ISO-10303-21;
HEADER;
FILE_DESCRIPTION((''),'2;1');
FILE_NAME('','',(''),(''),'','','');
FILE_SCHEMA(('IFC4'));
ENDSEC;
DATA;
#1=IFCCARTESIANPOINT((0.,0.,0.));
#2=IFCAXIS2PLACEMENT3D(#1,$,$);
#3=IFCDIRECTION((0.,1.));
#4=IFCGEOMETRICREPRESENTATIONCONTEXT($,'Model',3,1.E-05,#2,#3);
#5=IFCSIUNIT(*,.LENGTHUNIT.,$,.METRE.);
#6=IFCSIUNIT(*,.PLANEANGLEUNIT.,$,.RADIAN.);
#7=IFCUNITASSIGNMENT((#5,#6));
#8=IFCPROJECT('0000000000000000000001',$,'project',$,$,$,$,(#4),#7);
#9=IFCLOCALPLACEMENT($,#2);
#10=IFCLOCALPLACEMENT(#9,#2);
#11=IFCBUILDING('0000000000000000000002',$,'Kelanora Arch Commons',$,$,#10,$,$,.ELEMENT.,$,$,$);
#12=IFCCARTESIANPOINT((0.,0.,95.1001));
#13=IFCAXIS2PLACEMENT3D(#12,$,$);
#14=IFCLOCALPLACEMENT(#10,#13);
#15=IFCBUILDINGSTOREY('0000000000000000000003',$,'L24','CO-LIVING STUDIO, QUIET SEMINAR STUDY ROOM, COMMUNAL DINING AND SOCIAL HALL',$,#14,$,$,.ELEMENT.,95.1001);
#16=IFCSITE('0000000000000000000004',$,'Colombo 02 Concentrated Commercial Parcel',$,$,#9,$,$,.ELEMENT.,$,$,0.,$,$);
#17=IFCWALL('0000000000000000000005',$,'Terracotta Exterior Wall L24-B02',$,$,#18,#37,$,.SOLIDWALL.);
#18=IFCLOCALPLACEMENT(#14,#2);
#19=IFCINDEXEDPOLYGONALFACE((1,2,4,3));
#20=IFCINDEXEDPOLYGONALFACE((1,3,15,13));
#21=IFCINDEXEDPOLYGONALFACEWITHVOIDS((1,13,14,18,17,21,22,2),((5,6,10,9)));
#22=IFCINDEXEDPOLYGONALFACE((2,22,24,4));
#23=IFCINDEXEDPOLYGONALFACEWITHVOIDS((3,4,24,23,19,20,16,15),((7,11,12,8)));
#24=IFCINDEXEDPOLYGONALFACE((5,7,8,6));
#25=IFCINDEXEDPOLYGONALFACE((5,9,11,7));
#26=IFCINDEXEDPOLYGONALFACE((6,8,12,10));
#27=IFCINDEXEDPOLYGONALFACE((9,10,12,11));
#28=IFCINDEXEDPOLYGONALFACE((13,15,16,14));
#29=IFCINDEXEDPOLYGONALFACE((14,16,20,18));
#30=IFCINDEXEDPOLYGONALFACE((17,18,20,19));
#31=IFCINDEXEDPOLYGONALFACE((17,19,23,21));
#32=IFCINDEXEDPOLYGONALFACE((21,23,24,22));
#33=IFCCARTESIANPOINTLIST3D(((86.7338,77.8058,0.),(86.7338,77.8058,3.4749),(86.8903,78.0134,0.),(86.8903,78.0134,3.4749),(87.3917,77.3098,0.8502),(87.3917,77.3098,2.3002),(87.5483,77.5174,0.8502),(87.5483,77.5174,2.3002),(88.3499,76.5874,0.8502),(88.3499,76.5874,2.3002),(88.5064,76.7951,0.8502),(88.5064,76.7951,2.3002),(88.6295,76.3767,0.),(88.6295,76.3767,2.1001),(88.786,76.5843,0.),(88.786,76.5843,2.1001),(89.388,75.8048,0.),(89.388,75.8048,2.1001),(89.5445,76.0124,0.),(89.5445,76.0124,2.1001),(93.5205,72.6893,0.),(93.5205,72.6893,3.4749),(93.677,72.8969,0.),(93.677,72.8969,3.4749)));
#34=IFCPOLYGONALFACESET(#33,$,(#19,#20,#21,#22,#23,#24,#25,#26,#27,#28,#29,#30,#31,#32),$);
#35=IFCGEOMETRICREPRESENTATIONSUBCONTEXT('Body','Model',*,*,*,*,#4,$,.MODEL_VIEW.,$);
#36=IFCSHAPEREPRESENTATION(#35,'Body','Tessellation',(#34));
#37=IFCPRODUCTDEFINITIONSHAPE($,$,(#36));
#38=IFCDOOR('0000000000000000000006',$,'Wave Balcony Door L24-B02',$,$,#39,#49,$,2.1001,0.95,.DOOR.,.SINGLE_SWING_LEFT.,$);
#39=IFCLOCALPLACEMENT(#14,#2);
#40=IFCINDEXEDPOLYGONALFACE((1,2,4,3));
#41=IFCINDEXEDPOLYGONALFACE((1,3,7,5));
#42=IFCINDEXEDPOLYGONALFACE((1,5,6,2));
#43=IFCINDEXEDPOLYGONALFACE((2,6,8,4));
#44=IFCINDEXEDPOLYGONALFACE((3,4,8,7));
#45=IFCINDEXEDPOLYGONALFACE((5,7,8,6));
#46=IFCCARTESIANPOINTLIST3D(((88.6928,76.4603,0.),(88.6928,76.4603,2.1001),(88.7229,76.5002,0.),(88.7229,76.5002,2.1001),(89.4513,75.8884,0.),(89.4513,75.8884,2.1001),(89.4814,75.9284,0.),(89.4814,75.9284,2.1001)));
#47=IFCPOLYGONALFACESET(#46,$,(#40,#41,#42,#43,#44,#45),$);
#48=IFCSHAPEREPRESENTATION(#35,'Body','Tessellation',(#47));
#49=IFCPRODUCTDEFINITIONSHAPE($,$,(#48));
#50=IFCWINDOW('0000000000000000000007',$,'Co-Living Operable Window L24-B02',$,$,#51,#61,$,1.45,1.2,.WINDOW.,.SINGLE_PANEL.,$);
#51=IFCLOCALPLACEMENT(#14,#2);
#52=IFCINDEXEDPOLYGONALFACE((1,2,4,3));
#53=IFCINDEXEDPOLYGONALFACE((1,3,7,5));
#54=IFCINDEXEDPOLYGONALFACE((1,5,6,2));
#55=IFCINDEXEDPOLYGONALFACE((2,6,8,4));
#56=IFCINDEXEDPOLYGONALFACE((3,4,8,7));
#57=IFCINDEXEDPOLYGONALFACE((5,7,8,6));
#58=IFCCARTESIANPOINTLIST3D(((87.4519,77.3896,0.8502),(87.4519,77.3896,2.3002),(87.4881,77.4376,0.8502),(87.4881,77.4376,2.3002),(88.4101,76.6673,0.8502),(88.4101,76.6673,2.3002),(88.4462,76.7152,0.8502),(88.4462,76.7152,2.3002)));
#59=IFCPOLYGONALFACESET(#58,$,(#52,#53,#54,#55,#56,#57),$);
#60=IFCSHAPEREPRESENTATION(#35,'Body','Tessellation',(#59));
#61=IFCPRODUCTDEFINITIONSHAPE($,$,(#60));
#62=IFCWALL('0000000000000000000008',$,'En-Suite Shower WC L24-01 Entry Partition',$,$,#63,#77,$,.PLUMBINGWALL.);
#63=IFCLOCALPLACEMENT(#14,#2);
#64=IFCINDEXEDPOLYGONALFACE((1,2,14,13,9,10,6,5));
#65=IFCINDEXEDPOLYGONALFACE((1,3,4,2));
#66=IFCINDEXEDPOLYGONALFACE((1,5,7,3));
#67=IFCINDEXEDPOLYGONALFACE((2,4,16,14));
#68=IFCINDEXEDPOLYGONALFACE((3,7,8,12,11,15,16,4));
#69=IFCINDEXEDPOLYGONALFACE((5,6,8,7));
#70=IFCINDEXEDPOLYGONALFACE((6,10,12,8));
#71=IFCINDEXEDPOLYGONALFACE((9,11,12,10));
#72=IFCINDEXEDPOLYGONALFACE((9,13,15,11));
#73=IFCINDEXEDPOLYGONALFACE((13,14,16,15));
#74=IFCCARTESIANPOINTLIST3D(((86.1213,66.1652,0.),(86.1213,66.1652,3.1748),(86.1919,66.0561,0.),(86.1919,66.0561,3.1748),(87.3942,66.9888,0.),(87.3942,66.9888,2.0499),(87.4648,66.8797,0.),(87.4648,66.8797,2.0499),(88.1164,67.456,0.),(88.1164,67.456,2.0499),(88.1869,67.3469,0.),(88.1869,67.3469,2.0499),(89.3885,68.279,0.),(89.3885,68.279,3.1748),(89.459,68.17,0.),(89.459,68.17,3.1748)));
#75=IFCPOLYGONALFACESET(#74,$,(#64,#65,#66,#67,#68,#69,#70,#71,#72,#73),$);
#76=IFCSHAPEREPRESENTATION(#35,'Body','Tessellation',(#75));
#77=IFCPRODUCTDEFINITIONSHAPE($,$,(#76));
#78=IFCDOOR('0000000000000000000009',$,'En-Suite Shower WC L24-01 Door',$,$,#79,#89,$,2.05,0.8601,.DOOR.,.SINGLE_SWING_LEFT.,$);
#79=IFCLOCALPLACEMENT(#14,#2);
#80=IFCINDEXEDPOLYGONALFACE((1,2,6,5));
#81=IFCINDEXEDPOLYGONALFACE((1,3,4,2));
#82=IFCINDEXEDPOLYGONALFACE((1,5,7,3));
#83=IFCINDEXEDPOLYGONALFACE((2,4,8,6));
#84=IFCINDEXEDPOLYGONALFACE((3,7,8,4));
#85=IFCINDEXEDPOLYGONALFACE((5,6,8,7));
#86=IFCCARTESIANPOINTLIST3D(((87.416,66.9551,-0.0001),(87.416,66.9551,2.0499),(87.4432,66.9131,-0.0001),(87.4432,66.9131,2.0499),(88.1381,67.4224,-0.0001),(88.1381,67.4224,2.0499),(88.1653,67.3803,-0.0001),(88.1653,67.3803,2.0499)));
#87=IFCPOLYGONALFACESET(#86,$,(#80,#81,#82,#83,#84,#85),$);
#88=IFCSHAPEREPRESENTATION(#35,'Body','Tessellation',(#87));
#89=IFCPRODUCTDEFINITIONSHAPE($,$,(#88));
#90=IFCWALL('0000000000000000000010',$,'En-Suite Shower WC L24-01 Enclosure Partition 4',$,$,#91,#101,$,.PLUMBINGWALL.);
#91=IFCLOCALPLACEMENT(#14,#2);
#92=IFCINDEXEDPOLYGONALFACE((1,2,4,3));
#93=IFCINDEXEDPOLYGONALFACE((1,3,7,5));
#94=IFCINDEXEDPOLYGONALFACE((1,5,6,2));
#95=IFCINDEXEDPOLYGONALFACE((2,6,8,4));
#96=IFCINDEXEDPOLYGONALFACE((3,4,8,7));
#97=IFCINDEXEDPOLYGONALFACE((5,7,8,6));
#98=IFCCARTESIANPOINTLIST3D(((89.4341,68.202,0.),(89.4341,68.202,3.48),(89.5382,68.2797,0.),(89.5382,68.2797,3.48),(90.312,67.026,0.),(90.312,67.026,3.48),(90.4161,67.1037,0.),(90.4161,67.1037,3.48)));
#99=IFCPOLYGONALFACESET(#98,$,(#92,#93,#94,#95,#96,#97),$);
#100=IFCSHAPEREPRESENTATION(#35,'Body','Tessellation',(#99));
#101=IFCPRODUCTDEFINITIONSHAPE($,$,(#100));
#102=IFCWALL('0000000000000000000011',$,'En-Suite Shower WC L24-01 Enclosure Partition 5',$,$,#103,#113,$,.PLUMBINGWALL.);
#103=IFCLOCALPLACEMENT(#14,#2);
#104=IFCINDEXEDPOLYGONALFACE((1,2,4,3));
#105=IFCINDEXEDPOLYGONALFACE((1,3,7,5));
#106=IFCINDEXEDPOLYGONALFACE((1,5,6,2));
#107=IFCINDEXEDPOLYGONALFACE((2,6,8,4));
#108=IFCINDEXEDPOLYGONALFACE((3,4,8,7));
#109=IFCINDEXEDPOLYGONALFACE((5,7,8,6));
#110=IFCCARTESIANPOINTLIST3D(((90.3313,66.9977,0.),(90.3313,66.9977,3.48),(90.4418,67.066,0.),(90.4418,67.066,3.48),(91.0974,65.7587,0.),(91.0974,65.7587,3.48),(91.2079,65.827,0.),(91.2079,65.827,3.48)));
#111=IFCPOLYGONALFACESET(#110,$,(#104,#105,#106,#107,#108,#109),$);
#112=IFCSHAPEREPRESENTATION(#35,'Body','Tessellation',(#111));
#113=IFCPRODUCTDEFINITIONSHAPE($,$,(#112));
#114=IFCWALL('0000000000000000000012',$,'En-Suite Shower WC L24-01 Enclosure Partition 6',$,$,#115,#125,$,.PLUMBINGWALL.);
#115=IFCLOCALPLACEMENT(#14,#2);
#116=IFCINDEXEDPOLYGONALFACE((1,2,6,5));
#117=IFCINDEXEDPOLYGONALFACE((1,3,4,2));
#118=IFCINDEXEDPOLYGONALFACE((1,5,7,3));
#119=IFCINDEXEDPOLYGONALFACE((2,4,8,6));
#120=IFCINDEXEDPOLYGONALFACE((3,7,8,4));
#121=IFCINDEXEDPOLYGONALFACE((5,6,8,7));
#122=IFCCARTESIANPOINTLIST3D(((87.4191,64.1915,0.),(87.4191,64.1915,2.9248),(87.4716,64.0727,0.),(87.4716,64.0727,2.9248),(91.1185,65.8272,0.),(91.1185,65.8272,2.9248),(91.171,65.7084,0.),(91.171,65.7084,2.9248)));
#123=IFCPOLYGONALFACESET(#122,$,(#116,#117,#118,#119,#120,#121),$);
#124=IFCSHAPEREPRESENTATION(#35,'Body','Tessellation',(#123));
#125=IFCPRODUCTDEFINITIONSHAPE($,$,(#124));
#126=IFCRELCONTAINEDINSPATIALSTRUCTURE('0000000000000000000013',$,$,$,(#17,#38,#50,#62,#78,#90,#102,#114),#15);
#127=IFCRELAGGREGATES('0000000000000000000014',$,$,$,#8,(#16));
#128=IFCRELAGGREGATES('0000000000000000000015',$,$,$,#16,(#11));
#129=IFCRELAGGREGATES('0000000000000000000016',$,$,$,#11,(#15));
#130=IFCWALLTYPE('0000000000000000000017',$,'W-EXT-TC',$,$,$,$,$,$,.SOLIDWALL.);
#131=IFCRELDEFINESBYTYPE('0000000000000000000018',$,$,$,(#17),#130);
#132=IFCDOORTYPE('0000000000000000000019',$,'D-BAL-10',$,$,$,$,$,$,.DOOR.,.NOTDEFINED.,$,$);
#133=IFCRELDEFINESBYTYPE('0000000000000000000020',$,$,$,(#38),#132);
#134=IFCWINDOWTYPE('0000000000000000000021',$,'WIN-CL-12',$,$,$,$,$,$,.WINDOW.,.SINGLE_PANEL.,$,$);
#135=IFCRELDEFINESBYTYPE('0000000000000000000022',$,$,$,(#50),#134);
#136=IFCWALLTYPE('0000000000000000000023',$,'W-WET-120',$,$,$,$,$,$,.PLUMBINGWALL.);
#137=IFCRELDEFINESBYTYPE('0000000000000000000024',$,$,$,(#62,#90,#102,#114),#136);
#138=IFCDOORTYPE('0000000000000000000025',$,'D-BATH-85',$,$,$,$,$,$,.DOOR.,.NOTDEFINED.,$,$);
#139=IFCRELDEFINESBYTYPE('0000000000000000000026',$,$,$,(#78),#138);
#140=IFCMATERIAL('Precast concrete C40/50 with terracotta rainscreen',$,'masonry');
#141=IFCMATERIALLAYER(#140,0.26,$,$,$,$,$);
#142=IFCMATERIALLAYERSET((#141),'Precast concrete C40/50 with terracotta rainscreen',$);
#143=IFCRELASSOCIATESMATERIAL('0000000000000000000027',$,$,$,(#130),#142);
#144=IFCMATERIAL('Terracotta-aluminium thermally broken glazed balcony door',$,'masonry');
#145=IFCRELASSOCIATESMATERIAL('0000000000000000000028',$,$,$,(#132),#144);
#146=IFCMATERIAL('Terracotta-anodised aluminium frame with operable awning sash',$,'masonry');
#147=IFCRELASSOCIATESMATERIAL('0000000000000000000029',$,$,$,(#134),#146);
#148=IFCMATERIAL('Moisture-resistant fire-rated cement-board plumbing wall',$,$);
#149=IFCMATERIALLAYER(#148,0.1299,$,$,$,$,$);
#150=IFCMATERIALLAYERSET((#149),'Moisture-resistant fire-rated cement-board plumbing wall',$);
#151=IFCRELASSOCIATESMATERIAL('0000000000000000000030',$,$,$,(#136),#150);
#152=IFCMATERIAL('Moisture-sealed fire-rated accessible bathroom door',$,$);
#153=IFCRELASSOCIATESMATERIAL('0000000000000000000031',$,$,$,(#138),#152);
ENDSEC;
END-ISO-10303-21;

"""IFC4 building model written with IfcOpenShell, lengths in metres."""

from ifc_helpers import new_model, si_unit, direction, frame, frame_2d, origin, place, context, subcontext, project, spatial, rectangle, extrude, material, layer, layer_set, type_object, element, fill, save


model = new_model("IFC4")

# Units and contexts
model_context = context("Model", 3, precision=1e-05, world=origin(), true_north=direction((0.0, 1.0)))
body_context = subcontext(model_context, "Body", "Model", "MODEL_VIEW")
ifc_project = project(units=[si_unit("LENGTHUNIT", "METRE"), si_unit("PLANEANGLEUNIT", "RADIAN")], contexts=[model_context])

# Site, building, storey
site_placement = place(None, origin())
site = spatial("IfcSite", under=ifc_project, at=site_placement, Name="Colombo 02 Concentrated Commercial Parcel", CompositionType="ELEMENT", RefElevation=0.0)
building_placement = place(site_placement, origin())
building = spatial("IfcBuilding", under=site, at=building_placement, Name="Kelanora Arch Commons", CompositionType="ELEMENT")
storey_placement = place(building_placement, frame((0.0, 0.0, 95.1001)))
storey = spatial("IfcBuildingStorey", under=building, at=storey_placement, Name="L24", Description="CO-LIVING STUDIO, QUIET SEMINAR STUDY ROOM, COMMUNAL DINING AND SOCIAL HALL", CompositionType="ELEMENT", Elevation=95.1001)

# Wall, openings, door, window
ifc_material_1 = material(Name="Precast concrete C40/50 with terracotta rainscreen", Category="masonry")
ifc_layer_1 = layer(ifc_material_1, 0.26)
ifc_layer_set_1 = layer_set([ifc_layer_1], Name="Precast concrete C40/50 with terracotta rainscreen")
wall_type_1 = type_object("IfcWallType", Name="W-EXT-TC", PredefinedType="SOLIDWALL", material=ifc_layer_set_1)
ifc_material_2 = material(Name="Terracotta-aluminium thermally broken glazed balcony door", Category="masonry")
door_type_1 = type_object("IfcDoorType", Name="D-BAL-10", OperationType="NOTDEFINED", PredefinedType="DOOR", material=ifc_material_2)
ifc_material_3 = material(Name="Terracotta-anodised aluminium frame with operable awning sash", Category="masonry")
window_type = type_object("IfcWindowType", Name="WIN-CL-12", PartitioningType="SINGLE_PANEL", PredefinedType="WINDOW", material=ifc_material_3)
wall_1_placement = place(storey_placement, frame((93.5986, 72.7932, 0.0), z_axis=(0.0, 0.0, 1.0), x_axis=(-0.798502, 0.601993, 0.0)))
wall_1 = element("IfcWall", 1, at=wall_1_placement, inside=storey, type_object=wall_type_1, Name="Terracotta Exterior Wall L24-B02", PredefinedType="SOLIDWALL", context=body_context, shape_type="SweptSolid", body=[
    extrude(rectangle(XDim=8.4993, YDim=0.26, at=frame_2d((4.2495, 0.0))), origin(), (0.0, 0.0, 1.0), 3.4749),
])
opening_1_placement = place(wall_1_placement, frame((5.175, 0.0, 0.0)))
opening_1 = element("IfcOpeningElement", 2, at=opening_1_placement, cuts=wall_1, PredefinedType="OPENING", context=body_context, shape_type="SweptSolid", body=[
    extrude(rectangle(XDim=0.95, YDim=2.1001, at=frame_2d((0.4751, 1.05))), frame((0.0, 0.1401, 0.0), z_axis=(0.0, -1.0, 0.0), x_axis=(1.0, 0.0, 0.0)), (0.0, 0.0, 1.0), 0.28),
])
opening_2_placement = place(wall_1_placement, frame((6.4751, 0.0, 0.8501)))
opening_2 = element("IfcOpeningElement", 3, at=opening_2_placement, cuts=wall_1, PredefinedType="OPENING", context=body_context, shape_type="SweptSolid", body=[
    extrude(rectangle(XDim=1.2, YDim=1.45, at=frame_2d((0.6001, 0.7251))), frame((0.0, 0.1401, 0.0), z_axis=(0.0, -1.0, 0.0), x_axis=(1.0, 0.0, 0.0)), (0.0, 0.0, 1.0), 0.28),
])
door_1_placement = place(opening_1_placement, frame((0.95, 0.0, 0.0), z_axis=(0.0, 0.0, 1.0), x_axis=(-1.0, 0.0, 0.0)))
door_1 = element("IfcDoor", 4, at=door_1_placement, inside=storey, type_object=door_type_1, Name="Wave Balcony Door L24-B02", OperationType="SINGLE_SWING_LEFT", OverallHeight=2.1001, OverallWidth=0.95, PredefinedType="DOOR", context=body_context, shape_type="SweptSolid", body=[
    extrude(rectangle(XDim=0.95, YDim=2.1001, at=frame_2d((0.4751, 1.05))), frame((0.0, 0.0249, 0.0), z_axis=(0.0, -1.0, 0.0), x_axis=(1.0, 0.0, 0.0)), (0.0, 0.0, 1.0), 0.05),
])
fill(opening_1, door_1)
window_1_placement = place(opening_2_placement, origin())
window_1 = element("IfcWindow", 5, at=window_1_placement, inside=storey, type_object=window_type, Name="Co-Living Operable Window L24-B02", OverallHeight=1.45, OverallWidth=1.2, PartitioningType="SINGLE_PANEL", PredefinedType="WINDOW", context=body_context, shape_type="SweptSolid", body=[
    extrude(rectangle(XDim=1.2, YDim=1.45, at=frame_2d((0.6001, 0.7251))), frame((0.0, 0.03, 0.0), z_axis=(0.0, -1.0, 0.0), x_axis=(1.0, 0.0, 0.0)), (0.0, 0.0, 1.0), 0.0601),
])
fill(opening_2, window_1)

# Wall, opening, door
ifc_material_4 = material(Name="Moisture-resistant fire-rated cement-board plumbing wall")
ifc_layer_2 = layer(ifc_material_4, 0.1299)
ifc_layer_set_2 = layer_set([ifc_layer_2], Name="Moisture-resistant fire-rated cement-board plumbing wall")
wall_type_2 = type_object("IfcWallType", Name="W-WET-120", PredefinedType="PLUMBINGWALL", material=ifc_layer_set_2)
wall_2_placement = place(storey_placement, frame((86.1565, 66.1106, 0.0), z_axis=(0.0, 0.0, 1.0), x_axis=(0.839597, 0.54321, 0.0)))
wall_2 = element("IfcWall", 6, at=wall_2_placement, inside=storey, type_object=wall_type_2, Name="En-Suite Shower WC L24-01 Entry Partition", PredefinedType="PLUMBINGWALL", context=body_context, shape_type="SweptSolid", body=[
    extrude(rectangle(XDim=3.8914, YDim=0.1299, at=frame_2d((1.9458, 0.0))), origin(), (0.0, 0.0, 1.0), 3.1748),
])
opening_3_placement = place(wall_2_placement, frame((1.5161, 0.0, 0.0)))
opening_3 = element("IfcOpeningElement", 7, at=opening_3_placement, cuts=wall_2, PredefinedType="OPENING", context=body_context, shape_type="SweptSolid", body=[
    extrude(rectangle(XDim=0.8601, YDim=2.05, at=frame_2d((0.4302, 1.0249))), frame((0.0, 0.075, 0.0), z_axis=(0.0, -1.0, 0.0), x_axis=(1.0, 0.0, 0.0)), (0.0, 0.0, 1.0), 0.1499),
])
ifc_material_5 = material(Name="Moisture-sealed fire-rated accessible bathroom door")
door_type_2 = type_object("IfcDoorType", Name="D-BATH-85", OperationType="NOTDEFINED", PredefinedType="DOOR", material=ifc_material_5)
door_2_placement = place(opening_3_placement, origin())
door_2 = element("IfcDoor", 8, at=door_2_placement, inside=storey, type_object=door_type_2, Name="En-Suite Shower WC L24-01 Door", OperationType="SINGLE_SWING_LEFT", OverallHeight=2.05, OverallWidth=0.8601, PredefinedType="DOOR", context=body_context, shape_type="SweptSolid", body=[
    extrude(rectangle(XDim=0.8601, YDim=2.05, at=frame_2d((0.4302, 1.0249))), frame((0.0, 0.0249, 0.0), z_axis=(0.0, -1.0, 0.0), x_axis=(1.0, 0.0, 0.0)), (0.0, 0.0, 1.0), 0.05),
])
fill(opening_3, door_2)

# Walls
wall_3_placement = place(storey_placement, frame((89.4861, 68.241, 0.0), z_axis=(0.0, 0.0, 1.0), x_axis=(0.598215, -0.801336, 0.0)))
element("IfcWall", 9, at=wall_3_placement, inside=storey, type_object=wall_type_2, Name="En-Suite Shower WC L24-01 Enclosure Partition 4", PredefinedType="PLUMBINGWALL", context=body_context, shape_type="SweptSolid", body=[
    extrude(rectangle(XDim=1.4675, YDim=0.1299, at=frame_2d((0.7339, 0.0))), origin(), (0.0, 0.0, 1.0), 3.48),
])
wall_4_placement = place(storey_placement, frame((90.3865, 67.032, 0.0), z_axis=(0.0, 0.0, 1.0), x_axis=(0.52591, -0.85054, 0.0)))
element("IfcWall", 10, at=wall_4_placement, inside=storey, type_object=wall_type_2, Name="En-Suite Shower WC L24-01 Enclosure Partition 5", PredefinedType="PLUMBINGWALL", context=body_context, shape_type="SweptSolid", body=[
    extrude(rectangle(XDim=1.4568, YDim=0.1299, at=frame_2d((0.7285, 0.0))), origin(), (0.0, 0.0, 1.0), 3.48),
])
wall_5_placement = place(storey_placement, frame((91.1448, 65.7678, 0.0), z_axis=(0.0, 0.0, 1.0), x_axis=(-0.914586, -0.40439, 0.0)))
element("IfcWall", 11, at=wall_5_placement, inside=storey, type_object=wall_type_2, Name="En-Suite Shower WC L24-01 Enclosure Partition 6", PredefinedType="PLUMBINGWALL", context=body_context, shape_type="SweptSolid", body=[
    extrude(rectangle(XDim=4.0449, YDim=0.1299, at=frame_2d((2.0225, 0.0))), origin(), (0.0, 0.0, 1.0), 2.9248),
])

save(model, "model.ifc")
